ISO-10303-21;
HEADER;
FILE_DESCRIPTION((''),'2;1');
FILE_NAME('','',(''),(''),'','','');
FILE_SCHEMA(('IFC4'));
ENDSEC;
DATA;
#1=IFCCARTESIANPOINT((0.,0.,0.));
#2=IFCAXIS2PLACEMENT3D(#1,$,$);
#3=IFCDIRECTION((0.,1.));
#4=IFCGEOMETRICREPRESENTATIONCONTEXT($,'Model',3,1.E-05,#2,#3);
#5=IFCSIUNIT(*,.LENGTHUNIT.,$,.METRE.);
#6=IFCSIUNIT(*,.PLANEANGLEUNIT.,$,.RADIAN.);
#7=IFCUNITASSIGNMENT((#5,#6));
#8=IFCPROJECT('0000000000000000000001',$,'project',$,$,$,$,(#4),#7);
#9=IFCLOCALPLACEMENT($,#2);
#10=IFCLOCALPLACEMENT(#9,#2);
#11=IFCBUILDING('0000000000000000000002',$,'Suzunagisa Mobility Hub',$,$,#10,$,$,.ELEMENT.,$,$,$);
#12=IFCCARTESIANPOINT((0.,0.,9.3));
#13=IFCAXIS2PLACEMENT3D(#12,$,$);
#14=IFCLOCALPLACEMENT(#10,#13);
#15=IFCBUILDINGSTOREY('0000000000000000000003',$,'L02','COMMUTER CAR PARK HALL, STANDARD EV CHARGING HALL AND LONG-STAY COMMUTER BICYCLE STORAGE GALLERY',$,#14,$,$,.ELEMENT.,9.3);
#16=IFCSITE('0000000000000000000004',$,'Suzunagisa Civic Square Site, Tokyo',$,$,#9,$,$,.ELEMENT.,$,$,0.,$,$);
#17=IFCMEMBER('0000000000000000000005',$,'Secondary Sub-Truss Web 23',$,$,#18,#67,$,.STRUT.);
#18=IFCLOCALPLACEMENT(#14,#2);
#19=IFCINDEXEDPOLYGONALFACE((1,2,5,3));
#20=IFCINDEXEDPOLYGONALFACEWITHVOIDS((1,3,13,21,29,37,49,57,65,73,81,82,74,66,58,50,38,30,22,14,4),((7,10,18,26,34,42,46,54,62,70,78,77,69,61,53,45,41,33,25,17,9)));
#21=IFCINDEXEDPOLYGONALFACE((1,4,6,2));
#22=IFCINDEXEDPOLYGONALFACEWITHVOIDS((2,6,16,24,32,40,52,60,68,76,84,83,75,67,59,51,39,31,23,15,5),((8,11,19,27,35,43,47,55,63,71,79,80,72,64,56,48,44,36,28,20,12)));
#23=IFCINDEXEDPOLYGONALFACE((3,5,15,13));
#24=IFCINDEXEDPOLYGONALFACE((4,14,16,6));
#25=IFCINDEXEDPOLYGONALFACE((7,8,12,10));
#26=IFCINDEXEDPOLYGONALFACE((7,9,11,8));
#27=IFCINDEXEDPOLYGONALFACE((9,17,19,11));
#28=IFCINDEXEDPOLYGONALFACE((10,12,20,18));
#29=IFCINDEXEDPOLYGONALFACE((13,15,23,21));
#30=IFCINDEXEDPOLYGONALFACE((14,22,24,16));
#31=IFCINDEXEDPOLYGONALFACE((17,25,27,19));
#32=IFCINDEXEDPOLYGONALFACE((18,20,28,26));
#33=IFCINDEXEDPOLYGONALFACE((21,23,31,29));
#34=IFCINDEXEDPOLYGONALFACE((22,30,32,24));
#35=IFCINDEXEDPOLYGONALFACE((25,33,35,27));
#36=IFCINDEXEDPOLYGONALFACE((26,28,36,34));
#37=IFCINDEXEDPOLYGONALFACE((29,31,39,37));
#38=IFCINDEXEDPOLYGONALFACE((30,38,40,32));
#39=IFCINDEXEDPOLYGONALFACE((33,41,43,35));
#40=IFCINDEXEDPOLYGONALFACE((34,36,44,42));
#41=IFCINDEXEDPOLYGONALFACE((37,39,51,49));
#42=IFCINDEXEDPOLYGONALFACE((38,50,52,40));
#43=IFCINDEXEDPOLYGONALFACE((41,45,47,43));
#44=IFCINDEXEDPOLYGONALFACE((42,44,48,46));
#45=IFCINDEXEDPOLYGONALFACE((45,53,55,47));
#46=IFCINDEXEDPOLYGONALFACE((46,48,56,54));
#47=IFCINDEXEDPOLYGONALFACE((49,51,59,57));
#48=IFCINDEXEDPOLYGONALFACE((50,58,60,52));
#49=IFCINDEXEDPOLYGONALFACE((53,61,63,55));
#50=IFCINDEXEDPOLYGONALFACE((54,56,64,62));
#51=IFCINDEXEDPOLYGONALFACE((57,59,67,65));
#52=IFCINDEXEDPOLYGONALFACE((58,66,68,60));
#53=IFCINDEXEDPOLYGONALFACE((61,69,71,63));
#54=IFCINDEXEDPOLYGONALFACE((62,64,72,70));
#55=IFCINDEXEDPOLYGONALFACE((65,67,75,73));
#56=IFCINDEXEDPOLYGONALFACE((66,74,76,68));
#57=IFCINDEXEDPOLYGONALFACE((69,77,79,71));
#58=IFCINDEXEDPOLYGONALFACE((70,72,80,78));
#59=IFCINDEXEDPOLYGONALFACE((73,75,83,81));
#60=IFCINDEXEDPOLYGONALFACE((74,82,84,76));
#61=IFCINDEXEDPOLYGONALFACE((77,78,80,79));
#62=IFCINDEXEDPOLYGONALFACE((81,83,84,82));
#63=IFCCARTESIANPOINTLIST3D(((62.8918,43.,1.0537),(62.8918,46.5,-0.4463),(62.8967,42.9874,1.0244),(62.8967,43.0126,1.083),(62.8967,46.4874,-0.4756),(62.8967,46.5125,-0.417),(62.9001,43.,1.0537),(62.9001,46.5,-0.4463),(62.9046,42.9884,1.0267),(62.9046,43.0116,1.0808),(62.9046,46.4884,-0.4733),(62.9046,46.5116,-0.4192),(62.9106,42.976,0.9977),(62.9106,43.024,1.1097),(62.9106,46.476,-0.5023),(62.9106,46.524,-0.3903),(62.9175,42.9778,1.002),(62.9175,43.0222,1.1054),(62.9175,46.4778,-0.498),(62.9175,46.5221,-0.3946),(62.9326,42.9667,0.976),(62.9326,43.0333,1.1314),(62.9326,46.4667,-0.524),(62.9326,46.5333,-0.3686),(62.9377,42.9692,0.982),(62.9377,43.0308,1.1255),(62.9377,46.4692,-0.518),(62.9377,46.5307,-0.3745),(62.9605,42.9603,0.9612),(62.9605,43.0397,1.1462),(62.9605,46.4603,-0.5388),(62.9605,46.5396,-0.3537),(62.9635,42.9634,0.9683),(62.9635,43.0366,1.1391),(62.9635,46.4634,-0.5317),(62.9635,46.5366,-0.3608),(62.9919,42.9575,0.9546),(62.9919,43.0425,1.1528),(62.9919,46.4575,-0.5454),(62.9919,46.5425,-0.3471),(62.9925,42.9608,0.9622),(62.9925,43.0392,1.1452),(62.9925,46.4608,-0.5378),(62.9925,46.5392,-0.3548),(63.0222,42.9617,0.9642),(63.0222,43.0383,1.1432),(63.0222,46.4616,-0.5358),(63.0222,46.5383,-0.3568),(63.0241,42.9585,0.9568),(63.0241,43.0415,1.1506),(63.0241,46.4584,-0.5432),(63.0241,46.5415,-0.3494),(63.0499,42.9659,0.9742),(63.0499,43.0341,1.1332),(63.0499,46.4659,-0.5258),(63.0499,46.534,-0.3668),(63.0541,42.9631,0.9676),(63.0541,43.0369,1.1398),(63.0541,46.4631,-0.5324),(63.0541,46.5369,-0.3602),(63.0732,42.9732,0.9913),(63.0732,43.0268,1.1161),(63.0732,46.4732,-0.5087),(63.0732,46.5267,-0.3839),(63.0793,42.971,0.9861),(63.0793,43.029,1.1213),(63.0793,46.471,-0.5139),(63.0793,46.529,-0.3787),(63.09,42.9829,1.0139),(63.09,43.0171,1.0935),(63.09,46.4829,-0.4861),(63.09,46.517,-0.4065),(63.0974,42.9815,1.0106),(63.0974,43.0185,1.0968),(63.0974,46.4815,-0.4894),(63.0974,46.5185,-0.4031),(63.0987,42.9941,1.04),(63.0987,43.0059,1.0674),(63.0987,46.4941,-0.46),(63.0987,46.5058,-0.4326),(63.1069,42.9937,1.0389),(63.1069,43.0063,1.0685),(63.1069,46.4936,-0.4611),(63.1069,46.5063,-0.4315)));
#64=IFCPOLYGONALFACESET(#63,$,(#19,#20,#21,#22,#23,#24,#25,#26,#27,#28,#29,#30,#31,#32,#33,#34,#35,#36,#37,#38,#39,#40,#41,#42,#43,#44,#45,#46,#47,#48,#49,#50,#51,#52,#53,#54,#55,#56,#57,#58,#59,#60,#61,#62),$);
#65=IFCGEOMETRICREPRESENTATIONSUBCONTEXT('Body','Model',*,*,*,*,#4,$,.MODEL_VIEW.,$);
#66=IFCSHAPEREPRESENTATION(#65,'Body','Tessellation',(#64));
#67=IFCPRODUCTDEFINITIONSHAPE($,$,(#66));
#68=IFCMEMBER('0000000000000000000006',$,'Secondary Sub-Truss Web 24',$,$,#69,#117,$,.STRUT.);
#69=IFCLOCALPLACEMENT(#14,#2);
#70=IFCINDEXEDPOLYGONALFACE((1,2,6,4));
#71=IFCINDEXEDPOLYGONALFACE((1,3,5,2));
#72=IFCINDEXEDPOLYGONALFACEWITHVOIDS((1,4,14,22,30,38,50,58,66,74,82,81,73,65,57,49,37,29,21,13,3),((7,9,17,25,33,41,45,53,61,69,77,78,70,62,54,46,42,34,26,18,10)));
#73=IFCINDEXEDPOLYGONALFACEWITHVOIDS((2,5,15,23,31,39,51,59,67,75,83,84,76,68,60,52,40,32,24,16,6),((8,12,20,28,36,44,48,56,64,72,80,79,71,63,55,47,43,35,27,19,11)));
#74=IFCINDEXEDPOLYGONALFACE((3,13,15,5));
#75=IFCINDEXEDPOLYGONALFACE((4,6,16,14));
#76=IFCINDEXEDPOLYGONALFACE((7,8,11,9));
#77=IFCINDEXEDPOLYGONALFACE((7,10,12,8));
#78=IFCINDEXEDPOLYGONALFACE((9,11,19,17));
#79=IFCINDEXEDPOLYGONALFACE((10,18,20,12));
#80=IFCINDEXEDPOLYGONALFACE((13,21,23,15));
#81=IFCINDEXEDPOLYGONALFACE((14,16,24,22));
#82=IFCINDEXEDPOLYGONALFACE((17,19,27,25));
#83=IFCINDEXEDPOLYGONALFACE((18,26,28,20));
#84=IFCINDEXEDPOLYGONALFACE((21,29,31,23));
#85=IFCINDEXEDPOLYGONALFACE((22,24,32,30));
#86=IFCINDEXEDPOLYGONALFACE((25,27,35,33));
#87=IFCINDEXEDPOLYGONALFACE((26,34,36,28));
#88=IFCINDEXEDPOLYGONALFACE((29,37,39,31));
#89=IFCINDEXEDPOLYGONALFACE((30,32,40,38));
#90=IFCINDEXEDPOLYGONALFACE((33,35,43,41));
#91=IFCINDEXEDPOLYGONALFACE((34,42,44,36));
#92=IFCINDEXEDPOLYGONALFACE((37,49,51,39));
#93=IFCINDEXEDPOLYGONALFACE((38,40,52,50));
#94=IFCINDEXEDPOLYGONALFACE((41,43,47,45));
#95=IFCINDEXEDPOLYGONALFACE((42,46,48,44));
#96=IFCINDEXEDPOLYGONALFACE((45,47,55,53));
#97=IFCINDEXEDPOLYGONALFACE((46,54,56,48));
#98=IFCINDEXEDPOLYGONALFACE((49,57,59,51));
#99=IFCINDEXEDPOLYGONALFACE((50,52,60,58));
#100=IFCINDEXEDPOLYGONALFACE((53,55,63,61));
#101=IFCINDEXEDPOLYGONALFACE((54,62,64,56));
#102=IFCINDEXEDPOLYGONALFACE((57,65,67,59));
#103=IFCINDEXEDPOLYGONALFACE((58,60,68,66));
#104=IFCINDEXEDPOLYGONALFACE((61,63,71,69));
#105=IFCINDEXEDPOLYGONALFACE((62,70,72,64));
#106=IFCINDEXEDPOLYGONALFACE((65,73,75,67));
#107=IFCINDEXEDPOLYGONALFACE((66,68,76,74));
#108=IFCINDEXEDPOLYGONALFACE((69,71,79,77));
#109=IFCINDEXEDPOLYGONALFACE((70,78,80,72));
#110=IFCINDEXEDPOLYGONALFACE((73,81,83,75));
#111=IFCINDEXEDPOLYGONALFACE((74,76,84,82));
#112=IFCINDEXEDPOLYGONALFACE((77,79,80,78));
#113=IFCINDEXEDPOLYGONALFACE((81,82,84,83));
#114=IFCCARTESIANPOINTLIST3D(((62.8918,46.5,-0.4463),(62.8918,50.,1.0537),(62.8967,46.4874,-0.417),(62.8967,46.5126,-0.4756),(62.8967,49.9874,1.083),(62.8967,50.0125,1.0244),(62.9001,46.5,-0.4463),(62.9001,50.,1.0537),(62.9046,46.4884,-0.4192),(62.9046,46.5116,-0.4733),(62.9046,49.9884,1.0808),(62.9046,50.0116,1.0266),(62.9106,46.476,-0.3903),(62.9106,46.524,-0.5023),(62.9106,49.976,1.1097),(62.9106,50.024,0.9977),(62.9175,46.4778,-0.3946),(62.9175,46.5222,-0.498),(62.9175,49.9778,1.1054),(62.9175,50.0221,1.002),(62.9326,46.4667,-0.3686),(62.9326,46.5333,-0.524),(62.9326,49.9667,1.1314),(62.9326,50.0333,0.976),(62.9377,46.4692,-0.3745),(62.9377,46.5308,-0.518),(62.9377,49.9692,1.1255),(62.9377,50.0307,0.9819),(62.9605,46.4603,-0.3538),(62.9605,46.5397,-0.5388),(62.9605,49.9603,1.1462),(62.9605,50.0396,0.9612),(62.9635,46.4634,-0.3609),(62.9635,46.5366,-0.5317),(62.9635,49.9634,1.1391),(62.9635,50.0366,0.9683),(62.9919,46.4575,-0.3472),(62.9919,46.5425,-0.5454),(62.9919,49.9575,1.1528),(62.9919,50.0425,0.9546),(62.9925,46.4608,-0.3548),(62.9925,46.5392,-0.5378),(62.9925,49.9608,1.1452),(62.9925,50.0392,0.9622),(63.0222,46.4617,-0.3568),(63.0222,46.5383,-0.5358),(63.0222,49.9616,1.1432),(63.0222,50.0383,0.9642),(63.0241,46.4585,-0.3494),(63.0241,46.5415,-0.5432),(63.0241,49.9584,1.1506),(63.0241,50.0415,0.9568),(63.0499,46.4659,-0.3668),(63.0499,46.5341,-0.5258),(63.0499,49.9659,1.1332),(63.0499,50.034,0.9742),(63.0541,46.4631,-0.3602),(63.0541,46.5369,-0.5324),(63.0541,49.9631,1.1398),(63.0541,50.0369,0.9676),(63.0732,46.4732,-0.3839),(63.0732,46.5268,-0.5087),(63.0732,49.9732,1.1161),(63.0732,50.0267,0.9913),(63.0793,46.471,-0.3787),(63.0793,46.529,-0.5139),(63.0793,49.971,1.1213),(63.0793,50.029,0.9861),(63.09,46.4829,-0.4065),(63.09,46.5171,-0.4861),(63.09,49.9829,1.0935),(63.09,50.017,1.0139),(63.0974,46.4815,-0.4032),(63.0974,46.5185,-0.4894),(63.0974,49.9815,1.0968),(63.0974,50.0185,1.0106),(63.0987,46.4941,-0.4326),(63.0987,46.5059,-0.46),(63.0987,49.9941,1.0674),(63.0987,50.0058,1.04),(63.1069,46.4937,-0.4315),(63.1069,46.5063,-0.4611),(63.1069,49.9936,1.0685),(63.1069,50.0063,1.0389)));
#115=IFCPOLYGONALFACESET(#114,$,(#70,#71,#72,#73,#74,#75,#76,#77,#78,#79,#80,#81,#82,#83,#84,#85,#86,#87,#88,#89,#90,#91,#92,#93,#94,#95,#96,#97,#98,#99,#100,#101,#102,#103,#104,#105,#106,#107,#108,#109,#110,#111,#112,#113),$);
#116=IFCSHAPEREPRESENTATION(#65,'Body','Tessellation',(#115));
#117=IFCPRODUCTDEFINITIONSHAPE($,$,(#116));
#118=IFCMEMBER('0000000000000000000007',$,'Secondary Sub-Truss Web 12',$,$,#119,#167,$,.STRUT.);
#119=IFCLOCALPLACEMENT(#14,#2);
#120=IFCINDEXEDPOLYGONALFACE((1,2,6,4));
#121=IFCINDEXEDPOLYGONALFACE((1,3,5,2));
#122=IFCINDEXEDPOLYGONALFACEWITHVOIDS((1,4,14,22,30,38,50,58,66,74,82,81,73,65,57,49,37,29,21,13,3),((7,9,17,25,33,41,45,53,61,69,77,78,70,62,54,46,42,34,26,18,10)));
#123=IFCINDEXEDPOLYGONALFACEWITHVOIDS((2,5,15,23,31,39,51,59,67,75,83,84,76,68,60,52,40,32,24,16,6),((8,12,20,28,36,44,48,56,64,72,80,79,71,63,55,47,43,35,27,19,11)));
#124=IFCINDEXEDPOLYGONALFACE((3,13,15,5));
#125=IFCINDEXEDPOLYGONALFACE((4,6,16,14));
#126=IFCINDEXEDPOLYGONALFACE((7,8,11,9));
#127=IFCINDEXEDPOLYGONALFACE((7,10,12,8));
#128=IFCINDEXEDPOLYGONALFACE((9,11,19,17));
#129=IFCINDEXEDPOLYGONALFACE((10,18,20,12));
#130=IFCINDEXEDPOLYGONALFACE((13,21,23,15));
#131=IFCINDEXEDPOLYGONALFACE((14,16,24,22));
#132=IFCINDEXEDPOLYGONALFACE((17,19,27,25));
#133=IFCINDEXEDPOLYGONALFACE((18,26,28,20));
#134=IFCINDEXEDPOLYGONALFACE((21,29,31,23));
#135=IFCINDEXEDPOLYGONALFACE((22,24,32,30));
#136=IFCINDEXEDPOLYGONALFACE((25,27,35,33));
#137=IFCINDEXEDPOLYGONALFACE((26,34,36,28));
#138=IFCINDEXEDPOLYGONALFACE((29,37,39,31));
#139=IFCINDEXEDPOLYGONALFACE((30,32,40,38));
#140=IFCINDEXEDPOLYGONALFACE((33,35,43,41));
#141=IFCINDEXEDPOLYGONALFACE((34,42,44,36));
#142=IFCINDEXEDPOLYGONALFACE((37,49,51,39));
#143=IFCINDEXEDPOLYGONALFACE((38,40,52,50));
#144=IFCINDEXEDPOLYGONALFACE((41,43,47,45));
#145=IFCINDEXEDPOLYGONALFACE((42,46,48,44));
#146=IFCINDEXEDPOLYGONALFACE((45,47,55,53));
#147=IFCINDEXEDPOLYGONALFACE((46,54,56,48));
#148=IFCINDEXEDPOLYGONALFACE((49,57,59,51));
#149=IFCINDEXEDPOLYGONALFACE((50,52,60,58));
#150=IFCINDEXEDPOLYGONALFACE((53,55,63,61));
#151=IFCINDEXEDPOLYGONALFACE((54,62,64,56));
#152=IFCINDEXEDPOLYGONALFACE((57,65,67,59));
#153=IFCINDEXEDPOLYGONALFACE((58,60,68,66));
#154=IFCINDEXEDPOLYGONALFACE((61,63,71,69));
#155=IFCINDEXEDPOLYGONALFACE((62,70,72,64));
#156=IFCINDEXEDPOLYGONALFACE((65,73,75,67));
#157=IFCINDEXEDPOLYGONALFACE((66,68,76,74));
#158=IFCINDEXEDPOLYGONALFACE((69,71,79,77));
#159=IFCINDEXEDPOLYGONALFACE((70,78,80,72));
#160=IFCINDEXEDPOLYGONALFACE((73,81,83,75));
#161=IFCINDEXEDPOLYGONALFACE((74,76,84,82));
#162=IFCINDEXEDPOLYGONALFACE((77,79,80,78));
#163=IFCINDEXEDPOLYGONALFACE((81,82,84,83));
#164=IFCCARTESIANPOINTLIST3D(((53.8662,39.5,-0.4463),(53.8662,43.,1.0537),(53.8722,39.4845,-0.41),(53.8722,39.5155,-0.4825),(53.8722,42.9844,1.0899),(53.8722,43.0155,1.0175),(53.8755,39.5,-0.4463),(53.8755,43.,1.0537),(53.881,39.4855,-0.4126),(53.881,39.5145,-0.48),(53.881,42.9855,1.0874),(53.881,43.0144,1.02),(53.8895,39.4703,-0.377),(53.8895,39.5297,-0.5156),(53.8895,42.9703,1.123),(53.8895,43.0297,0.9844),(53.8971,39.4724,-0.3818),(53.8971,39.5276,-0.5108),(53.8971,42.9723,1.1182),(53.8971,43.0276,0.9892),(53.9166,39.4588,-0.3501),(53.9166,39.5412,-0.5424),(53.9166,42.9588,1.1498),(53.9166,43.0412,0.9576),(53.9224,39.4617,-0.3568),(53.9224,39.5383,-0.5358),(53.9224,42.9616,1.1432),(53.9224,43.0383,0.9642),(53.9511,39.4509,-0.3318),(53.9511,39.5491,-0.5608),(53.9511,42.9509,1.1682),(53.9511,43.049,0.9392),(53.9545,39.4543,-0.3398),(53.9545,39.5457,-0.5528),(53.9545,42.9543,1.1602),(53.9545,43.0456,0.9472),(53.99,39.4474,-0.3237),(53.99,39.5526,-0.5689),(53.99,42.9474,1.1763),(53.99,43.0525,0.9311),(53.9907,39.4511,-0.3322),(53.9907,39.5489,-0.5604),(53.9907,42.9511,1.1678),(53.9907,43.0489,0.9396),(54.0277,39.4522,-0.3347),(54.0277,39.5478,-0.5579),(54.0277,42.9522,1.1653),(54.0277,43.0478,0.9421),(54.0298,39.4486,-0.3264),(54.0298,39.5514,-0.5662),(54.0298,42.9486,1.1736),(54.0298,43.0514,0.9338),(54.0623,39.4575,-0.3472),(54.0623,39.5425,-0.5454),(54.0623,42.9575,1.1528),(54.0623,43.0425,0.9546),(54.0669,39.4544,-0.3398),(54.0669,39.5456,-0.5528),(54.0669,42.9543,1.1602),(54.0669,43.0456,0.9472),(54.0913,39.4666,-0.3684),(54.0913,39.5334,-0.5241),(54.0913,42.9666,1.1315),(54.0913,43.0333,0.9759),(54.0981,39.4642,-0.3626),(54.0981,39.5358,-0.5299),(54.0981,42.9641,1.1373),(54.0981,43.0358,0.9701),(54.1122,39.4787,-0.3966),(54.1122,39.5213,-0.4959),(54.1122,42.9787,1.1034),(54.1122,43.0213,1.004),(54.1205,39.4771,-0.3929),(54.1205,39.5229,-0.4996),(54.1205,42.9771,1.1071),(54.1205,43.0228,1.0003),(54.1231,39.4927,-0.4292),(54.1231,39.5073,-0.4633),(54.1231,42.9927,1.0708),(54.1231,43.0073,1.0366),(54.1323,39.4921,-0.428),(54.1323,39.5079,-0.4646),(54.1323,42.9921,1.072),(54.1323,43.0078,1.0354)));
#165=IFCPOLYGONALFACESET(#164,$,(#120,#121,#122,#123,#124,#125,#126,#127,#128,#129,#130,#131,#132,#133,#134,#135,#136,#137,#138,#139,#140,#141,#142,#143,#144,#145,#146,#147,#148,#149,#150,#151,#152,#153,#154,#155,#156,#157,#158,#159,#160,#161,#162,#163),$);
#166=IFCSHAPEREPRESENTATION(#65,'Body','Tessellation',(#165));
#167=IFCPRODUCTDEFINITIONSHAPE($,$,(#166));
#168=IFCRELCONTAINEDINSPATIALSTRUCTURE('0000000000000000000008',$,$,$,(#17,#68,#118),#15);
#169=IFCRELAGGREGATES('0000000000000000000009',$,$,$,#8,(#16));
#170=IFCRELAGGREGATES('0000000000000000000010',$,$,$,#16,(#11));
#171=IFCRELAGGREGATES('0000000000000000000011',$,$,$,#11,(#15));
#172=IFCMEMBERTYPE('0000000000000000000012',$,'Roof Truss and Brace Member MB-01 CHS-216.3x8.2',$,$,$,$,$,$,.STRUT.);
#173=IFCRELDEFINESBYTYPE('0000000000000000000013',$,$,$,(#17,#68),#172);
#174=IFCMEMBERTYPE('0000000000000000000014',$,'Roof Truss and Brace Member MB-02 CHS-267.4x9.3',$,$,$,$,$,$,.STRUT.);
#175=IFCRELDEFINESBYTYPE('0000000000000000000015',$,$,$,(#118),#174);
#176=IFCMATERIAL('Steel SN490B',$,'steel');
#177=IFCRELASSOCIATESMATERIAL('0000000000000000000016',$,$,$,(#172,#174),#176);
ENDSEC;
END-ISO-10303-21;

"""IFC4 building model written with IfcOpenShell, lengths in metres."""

from ifc_helpers import new_model, si_unit, direction, frame, origin, origin_2d, place, context, subcontext, project, spatial, hollow_circle, extrude, material, material_profile, profile_set, type_object, element, save


model = new_model("IFC4")

# Units and contexts
model_context = context("Model", 3, precision=1e-05, world=origin(), true_north=direction((0.0, 1.0)))
body_context = subcontext(model_context, "Body", "Model", "MODEL_VIEW")
ifc_project = project(units=[si_unit("LENGTHUNIT", "METRE"), si_unit("PLANEANGLEUNIT", "RADIAN")], contexts=[model_context])

# Site, building, storey
site_placement = place(None, origin())
site = spatial("IfcSite", under=ifc_project, at=site_placement, Name="Suzunagisa Civic Square Site, Tokyo", CompositionType="ELEMENT", RefElevation=0.0)
building_placement = place(site_placement, origin())
building = spatial("IfcBuilding", under=site, at=building_placement, Name="Suzunagisa Mobility Hub", CompositionType="ELEMENT")
storey_placement = place(building_placement, frame((0.0, 0.0, 9.3)))
storey = spatial("IfcBuildingStorey", under=building, at=storey_placement, Name="L02", Description="COMMUTER CAR PARK HALL, STANDARD EV CHARGING HALL AND LONG-STAY COMMUTER BICYCLE STORAGE GALLERY", CompositionType="ELEMENT", Elevation=9.3)

# Members
ifc_material_1 = material(Name="Steel SN490B", Category="steel")
ifc_material_profile_1 = material_profile(ifc_material_1, hollow_circle(Radius=0.1082, WallThickness=0.0083, at=origin_2d()), Name="CHS-216.3x8.2")
ifc_profile_set_1 = profile_set([ifc_material_profile_1], Name="Steel SN490B")
member_type_1 = type_object("IfcMemberType", Name="Roof Truss and Brace Member MB-01 CHS-216.3x8.2", PredefinedType="STRUT", material=ifc_profile_set_1)
for number, where, z_axis, x_axis, name in (
    (1, (63.0, 43.0, 1.0537), (0.0, 0.919145, -0.393919), (-1.0, 0.0, 0.0), "Secondary Sub-Truss Web 23"),
    (2, (63.0, 46.5, -0.4463), (0.0, 0.919145, 0.393919), (-1.0, 0.0, 0.0), "Secondary Sub-Truss Web 24"),
):
    element("IfcMember", number, at=place(storey_placement, frame(where, z_axis=z_axis, x_axis=x_axis)), inside=storey, type_object=member_type_1, Name=name, PredefinedType="STRUT", context=body_context, shape_type="SweptSolid", body=[
        extrude(hollow_circle(Radius=0.1082, WallThickness=0.0083, at=origin_2d()), origin(), (0.0, 0.0, 1.0), 3.8079),
    ])
ifc_material_profile_2 = material_profile(ifc_material_1, hollow_circle(Radius=0.1338, WallThickness=0.0093, at=origin_2d()), Name="CHS-267.4x9.3")
ifc_profile_set_2 = profile_set([ifc_material_profile_2], Name="Steel SN490B")
member_type_2 = type_object("IfcMemberType", Name="Roof Truss and Brace Member MB-02 CHS-267.4x9.3", PredefinedType="STRUT", material=ifc_profile_set_2)
for number, where, z_axis, x_axis, name in (
    (3, (54.0, 39.5, -0.4463), (0.0, 0.919145, 0.393919), (-1.0, 0.0, 0.0), "Secondary Sub-Truss Web 12"),
):
    element("IfcMember", number, at=place(storey_placement, frame(where, z_axis=z_axis, x_axis=x_axis)), inside=storey, type_object=member_type_2, Name=name, PredefinedType="STRUT", context=body_context, shape_type="SweptSolid", body=[
        extrude(hollow_circle(Radius=0.1338, WallThickness=0.0093, at=origin_2d()), origin(), (0.0, 0.0, 1.0), 3.8079),
    ])

save(model, "model.ifc")
